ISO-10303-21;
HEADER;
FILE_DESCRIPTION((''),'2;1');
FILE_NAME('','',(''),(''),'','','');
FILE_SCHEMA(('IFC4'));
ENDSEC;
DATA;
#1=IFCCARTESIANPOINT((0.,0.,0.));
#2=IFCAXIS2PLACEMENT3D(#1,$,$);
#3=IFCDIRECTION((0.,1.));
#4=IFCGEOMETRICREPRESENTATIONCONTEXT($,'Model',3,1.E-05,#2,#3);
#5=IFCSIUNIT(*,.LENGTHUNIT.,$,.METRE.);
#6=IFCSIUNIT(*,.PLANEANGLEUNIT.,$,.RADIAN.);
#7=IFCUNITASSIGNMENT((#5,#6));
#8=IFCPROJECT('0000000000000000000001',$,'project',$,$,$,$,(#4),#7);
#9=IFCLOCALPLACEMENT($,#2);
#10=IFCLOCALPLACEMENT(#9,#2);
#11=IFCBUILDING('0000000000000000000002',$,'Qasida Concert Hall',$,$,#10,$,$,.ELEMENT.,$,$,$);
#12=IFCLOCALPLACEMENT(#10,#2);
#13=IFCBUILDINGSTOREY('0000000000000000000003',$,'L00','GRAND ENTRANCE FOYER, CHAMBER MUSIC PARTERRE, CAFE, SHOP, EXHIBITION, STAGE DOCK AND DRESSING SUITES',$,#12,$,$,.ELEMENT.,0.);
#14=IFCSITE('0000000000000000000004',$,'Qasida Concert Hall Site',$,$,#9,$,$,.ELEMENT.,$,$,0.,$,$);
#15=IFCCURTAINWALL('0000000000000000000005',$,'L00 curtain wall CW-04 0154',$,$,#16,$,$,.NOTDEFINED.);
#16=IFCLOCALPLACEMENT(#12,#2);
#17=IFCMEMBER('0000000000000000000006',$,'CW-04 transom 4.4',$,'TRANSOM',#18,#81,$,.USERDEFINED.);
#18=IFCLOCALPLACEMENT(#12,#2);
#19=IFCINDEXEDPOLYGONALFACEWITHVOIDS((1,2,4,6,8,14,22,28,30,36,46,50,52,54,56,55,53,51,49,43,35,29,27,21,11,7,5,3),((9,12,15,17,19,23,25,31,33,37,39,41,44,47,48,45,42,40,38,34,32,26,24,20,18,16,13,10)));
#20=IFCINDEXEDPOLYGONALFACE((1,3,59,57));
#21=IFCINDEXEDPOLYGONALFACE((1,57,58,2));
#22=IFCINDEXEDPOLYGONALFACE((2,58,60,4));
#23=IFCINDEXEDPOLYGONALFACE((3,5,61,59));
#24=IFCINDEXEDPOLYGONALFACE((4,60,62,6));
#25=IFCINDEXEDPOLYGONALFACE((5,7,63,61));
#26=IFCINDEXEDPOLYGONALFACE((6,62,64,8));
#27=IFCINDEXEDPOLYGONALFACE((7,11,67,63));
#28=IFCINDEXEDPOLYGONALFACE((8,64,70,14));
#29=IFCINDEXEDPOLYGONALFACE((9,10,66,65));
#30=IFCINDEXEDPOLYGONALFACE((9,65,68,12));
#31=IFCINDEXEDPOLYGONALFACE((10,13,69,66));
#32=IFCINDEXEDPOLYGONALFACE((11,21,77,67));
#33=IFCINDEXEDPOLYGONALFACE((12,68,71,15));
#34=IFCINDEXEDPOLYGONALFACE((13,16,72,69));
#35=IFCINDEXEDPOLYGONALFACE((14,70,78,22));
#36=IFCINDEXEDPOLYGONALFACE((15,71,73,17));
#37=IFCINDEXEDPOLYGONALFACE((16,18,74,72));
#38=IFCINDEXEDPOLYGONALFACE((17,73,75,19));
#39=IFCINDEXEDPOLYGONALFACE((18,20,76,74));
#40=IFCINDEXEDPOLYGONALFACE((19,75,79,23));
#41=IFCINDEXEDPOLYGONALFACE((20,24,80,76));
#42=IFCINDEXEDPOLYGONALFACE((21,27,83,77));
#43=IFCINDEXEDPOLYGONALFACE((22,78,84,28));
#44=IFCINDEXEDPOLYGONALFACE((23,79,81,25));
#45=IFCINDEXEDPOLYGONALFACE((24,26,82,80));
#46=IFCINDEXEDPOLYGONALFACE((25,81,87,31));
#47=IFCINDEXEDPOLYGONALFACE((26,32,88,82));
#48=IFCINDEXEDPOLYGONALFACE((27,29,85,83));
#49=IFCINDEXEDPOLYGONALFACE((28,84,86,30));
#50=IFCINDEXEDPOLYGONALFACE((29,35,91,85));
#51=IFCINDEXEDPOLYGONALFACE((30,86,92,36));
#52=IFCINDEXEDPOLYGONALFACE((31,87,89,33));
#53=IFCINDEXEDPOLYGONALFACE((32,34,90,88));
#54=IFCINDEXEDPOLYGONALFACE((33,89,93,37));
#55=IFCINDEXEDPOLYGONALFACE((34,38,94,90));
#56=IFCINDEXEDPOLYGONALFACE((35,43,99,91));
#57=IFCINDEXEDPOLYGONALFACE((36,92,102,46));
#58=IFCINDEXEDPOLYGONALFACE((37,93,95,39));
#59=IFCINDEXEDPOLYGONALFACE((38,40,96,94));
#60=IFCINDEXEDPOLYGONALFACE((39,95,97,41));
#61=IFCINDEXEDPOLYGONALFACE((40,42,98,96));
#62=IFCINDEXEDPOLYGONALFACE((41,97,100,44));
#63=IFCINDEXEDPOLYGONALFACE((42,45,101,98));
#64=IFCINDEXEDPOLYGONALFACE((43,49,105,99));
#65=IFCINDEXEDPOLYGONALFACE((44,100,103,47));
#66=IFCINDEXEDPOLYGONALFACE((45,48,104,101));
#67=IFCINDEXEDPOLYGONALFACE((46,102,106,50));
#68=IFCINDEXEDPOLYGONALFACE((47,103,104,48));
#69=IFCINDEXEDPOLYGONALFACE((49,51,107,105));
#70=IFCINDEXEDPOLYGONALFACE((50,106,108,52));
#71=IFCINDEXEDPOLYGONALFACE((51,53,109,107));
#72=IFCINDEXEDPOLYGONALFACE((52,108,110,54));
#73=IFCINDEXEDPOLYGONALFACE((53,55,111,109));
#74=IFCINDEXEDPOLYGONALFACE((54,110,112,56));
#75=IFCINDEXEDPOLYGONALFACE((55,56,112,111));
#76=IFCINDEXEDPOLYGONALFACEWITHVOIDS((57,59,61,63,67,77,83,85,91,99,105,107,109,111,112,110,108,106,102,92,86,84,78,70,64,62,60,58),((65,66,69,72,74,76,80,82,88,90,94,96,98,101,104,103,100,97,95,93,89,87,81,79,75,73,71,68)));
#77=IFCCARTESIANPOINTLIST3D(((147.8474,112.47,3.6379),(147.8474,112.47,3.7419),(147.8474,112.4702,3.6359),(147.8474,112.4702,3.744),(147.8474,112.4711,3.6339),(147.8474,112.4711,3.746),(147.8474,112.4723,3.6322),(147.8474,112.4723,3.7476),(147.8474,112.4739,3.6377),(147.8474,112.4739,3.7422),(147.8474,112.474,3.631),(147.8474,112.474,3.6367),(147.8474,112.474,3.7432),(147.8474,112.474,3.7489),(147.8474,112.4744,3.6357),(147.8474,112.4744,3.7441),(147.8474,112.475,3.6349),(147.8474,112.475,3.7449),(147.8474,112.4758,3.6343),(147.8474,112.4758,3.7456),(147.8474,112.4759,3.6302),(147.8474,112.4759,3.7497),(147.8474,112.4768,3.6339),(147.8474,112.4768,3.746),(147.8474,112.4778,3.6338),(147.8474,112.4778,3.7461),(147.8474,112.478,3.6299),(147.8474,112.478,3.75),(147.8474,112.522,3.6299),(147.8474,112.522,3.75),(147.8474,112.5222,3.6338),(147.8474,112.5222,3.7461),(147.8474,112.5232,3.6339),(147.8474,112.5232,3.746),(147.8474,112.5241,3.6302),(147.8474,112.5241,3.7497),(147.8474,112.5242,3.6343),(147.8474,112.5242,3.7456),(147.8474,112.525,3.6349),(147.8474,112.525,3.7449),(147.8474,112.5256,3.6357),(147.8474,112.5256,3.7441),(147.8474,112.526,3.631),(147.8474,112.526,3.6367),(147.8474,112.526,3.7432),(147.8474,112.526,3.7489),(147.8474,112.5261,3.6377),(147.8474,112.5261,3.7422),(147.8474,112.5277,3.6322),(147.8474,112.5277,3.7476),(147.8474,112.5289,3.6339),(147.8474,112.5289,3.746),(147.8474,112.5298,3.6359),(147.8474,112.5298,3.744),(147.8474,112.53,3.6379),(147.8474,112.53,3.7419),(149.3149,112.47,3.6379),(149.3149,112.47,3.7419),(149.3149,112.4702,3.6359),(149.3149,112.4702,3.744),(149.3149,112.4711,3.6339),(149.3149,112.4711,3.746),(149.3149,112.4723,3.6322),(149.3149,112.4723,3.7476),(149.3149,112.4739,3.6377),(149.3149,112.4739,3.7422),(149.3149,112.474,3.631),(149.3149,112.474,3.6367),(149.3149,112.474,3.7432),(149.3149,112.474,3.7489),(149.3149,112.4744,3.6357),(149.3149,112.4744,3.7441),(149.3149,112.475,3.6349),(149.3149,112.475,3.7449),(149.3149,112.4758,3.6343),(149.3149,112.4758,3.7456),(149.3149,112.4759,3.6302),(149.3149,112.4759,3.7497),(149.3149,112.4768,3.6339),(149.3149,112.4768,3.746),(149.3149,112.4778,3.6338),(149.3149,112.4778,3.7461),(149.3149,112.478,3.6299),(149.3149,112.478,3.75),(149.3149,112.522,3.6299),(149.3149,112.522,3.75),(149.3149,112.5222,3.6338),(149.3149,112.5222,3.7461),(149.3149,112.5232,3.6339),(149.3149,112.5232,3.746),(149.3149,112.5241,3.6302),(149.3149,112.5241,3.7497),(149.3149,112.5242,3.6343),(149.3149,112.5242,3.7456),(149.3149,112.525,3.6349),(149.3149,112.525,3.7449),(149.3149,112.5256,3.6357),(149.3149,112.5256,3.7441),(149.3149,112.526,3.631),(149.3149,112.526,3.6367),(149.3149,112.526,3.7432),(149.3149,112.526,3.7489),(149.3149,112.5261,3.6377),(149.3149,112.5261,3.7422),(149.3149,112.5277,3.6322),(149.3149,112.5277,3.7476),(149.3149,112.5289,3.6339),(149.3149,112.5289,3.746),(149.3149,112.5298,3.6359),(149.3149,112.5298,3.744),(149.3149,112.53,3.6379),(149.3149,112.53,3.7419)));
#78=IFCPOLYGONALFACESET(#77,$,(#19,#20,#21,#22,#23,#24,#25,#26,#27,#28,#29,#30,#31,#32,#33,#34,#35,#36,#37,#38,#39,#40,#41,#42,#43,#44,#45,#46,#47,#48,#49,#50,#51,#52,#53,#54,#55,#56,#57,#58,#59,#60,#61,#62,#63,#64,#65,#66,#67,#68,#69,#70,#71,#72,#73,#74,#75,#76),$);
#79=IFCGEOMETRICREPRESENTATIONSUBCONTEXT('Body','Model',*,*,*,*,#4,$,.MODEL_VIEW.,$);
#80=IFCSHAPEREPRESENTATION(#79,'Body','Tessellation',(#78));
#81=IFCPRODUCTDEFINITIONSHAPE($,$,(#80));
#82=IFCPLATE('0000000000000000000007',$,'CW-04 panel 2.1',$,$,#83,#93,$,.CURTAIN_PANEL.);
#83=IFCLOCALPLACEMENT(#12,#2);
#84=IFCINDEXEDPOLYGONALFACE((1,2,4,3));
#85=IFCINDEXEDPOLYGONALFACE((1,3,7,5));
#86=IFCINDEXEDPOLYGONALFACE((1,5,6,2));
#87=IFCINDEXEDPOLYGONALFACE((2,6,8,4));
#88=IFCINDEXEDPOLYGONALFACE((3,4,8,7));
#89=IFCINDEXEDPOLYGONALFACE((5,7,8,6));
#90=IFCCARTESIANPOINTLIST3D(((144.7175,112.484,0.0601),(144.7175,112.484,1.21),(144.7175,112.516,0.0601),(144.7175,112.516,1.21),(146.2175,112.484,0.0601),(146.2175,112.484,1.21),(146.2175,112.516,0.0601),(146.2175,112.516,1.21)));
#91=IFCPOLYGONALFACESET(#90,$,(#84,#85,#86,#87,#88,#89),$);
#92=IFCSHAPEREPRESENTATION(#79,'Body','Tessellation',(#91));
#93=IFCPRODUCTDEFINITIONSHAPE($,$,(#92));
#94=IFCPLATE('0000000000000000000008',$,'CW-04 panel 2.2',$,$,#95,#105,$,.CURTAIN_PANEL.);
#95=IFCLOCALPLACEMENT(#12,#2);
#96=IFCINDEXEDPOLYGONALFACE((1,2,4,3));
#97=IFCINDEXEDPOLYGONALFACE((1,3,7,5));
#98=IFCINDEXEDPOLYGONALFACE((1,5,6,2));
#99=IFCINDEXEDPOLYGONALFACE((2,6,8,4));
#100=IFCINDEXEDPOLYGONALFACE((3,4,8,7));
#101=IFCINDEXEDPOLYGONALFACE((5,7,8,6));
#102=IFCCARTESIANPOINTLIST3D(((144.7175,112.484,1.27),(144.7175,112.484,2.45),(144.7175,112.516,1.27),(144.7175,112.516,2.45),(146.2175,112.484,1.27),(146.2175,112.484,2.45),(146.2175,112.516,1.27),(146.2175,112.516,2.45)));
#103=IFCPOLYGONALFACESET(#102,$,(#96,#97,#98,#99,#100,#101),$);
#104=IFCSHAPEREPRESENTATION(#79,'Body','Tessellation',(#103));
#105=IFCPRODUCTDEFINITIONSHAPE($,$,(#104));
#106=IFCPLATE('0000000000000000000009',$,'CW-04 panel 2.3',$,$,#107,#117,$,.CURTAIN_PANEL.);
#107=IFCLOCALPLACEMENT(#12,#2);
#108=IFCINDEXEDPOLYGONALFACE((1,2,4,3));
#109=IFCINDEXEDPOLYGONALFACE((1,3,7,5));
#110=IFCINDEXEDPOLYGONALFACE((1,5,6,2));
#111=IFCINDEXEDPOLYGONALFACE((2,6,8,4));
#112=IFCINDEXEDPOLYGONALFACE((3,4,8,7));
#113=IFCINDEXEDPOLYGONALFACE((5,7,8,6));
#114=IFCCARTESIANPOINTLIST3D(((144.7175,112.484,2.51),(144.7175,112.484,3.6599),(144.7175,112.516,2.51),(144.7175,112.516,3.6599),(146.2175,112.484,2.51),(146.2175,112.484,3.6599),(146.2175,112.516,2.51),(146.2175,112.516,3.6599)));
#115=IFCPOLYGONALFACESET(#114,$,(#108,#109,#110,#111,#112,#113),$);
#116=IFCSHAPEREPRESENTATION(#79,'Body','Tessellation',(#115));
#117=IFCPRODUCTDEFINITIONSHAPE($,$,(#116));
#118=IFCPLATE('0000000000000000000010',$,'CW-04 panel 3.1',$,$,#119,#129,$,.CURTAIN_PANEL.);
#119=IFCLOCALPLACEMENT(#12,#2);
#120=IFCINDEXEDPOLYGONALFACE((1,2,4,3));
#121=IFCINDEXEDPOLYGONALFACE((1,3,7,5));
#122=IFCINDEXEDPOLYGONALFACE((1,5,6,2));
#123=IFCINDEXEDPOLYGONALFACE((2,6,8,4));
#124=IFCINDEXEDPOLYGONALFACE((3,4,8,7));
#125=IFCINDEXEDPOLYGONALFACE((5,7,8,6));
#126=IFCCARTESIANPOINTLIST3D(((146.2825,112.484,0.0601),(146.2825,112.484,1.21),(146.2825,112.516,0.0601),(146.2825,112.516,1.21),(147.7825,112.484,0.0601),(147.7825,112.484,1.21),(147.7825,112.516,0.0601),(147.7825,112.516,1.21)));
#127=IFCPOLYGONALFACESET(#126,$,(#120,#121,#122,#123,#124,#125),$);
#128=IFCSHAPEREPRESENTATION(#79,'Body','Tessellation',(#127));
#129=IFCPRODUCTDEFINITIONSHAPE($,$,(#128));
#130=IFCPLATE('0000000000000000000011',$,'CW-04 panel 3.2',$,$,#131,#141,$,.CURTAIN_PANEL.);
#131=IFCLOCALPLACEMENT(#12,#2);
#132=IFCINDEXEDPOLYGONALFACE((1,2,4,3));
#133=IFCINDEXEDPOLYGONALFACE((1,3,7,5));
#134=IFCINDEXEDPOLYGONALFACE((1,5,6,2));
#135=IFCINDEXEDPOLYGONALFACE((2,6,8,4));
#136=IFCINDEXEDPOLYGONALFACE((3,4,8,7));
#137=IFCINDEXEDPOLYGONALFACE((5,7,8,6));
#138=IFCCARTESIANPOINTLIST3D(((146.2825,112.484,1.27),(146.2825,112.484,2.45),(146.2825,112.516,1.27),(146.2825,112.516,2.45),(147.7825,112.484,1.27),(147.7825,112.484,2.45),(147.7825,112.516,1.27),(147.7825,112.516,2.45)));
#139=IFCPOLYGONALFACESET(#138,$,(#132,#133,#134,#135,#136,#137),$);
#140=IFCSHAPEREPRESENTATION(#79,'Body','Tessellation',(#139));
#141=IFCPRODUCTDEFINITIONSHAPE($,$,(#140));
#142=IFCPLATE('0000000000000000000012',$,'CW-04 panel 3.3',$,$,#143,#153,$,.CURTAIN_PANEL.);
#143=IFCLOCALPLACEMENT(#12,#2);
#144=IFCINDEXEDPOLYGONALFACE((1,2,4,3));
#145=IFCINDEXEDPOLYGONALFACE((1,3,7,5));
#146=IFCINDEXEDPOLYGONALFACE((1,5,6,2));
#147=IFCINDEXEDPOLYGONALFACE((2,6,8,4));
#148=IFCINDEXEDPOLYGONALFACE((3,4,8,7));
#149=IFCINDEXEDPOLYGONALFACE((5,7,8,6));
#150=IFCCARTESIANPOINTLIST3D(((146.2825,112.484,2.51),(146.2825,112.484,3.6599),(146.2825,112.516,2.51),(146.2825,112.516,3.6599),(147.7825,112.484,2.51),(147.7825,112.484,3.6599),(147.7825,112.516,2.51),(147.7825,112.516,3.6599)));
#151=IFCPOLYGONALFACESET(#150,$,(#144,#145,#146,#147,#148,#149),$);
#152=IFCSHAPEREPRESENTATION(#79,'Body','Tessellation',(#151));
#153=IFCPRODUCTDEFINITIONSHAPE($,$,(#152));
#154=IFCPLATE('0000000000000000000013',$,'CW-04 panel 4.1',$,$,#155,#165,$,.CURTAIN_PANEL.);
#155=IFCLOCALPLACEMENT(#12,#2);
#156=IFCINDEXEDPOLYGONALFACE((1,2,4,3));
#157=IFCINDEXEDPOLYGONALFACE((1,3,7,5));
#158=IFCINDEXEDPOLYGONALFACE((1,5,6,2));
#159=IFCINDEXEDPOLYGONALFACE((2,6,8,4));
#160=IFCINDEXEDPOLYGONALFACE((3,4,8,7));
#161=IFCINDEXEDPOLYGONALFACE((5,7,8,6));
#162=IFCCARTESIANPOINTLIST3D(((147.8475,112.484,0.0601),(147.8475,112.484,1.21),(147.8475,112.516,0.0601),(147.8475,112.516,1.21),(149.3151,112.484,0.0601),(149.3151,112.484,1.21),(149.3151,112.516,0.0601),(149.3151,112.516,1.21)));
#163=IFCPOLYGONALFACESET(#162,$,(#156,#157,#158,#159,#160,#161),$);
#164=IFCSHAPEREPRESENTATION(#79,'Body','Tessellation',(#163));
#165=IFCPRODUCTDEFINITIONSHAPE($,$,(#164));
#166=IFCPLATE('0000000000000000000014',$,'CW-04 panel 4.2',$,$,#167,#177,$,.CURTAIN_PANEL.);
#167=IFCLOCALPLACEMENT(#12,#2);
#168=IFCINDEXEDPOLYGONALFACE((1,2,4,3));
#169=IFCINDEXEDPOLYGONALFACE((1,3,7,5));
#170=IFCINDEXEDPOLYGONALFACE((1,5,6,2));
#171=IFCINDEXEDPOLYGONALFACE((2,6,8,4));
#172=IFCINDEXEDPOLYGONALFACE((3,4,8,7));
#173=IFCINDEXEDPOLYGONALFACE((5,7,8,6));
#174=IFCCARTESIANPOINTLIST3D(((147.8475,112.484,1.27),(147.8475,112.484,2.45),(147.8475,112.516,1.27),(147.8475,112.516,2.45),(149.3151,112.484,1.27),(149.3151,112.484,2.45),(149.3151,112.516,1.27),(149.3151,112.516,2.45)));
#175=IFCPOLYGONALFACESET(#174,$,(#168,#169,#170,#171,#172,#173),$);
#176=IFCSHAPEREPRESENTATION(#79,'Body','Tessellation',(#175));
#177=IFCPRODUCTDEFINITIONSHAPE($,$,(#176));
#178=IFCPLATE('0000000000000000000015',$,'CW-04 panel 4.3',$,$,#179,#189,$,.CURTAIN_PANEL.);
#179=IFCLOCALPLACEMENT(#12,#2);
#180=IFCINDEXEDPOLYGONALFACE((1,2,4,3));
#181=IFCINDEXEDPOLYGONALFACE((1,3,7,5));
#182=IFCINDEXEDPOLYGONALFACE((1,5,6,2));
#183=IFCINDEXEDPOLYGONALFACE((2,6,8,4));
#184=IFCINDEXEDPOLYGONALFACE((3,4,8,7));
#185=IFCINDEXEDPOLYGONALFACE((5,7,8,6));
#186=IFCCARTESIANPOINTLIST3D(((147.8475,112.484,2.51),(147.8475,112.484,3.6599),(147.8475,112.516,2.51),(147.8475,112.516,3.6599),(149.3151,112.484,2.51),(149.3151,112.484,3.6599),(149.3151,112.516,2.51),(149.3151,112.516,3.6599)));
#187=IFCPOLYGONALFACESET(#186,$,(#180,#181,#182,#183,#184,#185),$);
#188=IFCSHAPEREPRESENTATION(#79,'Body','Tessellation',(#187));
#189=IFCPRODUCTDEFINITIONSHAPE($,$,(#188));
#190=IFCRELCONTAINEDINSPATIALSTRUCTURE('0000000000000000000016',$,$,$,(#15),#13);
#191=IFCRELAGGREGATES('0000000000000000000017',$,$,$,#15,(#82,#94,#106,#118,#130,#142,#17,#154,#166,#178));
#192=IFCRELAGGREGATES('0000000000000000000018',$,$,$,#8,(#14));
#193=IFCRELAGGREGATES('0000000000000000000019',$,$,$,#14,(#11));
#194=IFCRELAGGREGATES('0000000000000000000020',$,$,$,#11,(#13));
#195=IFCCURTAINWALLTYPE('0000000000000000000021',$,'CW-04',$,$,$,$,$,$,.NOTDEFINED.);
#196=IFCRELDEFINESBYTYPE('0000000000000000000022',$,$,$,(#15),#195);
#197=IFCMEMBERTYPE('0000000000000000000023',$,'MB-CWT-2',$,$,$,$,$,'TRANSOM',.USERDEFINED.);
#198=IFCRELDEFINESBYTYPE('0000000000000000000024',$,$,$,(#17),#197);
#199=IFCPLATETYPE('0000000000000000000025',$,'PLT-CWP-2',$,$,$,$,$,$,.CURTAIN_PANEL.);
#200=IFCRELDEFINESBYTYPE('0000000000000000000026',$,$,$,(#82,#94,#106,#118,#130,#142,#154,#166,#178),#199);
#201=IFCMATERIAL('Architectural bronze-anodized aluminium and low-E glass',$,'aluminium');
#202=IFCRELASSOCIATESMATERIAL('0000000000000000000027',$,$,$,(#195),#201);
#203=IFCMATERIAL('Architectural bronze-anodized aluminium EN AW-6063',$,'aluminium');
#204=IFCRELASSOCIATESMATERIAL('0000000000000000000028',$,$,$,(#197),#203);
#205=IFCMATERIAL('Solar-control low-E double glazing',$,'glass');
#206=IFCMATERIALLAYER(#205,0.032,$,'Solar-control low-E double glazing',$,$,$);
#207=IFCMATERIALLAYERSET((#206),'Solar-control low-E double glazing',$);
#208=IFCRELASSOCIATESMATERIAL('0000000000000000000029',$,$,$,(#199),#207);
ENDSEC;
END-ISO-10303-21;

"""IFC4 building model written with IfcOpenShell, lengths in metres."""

from ifc_helpers import new_model, si_unit, direction, frame, origin, origin_2d, place, context, subcontext, project, spatial, rectangle, hollow_rectangle, extrude, material, layer, layer_set, material_profile, profile_set, type_object, element, aggregate, save


model = new_model("IFC4")

# Units and contexts
model_context = context("Model", 3, precision=1e-05, world=origin(), true_north=direction((0.0, 1.0)))
body_context = subcontext(model_context, "Body", "Model", "MODEL_VIEW")
ifc_project = project(units=[si_unit("LENGTHUNIT", "METRE"), si_unit("PLANEANGLEUNIT", "RADIAN")], contexts=[model_context])

# Site, building, storey
site_placement = place(None, origin())
site = spatial("IfcSite", under=ifc_project, at=site_placement, Name="Qasida Concert Hall Site", CompositionType="ELEMENT", RefElevation=0.0)
building_placement = place(site_placement, origin())
building = spatial("IfcBuilding", under=site, at=building_placement, Name="Qasida Concert Hall", CompositionType="ELEMENT")
storey_placement = place(building_placement, origin())
storey = spatial("IfcBuildingStorey", under=building, at=storey_placement, Name="L00", Description="GRAND ENTRANCE FOYER, CHAMBER MUSIC PARTERRE, CAFE, SHOP, EXHIBITION, STAGE DOCK AND DRESSING SUITES", CompositionType="ELEMENT", Elevation=0.0)

# Curtain wall, member, plates
ifc_material_1 = material(Name="Architectural bronze-anodized aluminium and low-E glass", Category="aluminium")
curtain_wall_type = type_object("IfcCurtainWallType", Name="CW-04", PredefinedType="NOTDEFINED", material=ifc_material_1)
curtain_wall_placement = place(storey_placement, origin())
curtain_wall = element("IfcCurtainWall", 1, at=curtain_wall_placement, inside=storey, type_object=curtain_wall_type, Name="L00 curtain wall CW-04 0154", PredefinedType="NOTDEFINED")
ifc_material_2 = material(Name="Architectural bronze-anodized aluminium EN AW-6063", Category="aluminium")
ifc_material_profile_1 = material_profile(ifc_material_2, hollow_rectangle(XDim=0.0601, YDim=0.1201, WallThickness=0.0039, InnerFilletRadius=0.0039, OuterFilletRadius=0.0081, at=origin_2d()), Name="CWT 120x60x4")
ifc_profile_set_1 = profile_set([ifc_material_profile_1], Name="Architectural bronze-anodized aluminium EN AW-6063")
member_type_1 = type_object("IfcMemberType", Name="MB-CWT-2", ElementType="TRANSOM", PredefinedType="USERDEFINED", material=ifc_profile_set_1)
member_1_placement = place(storey_placement, frame((147.8474, 112.5, 3.6899), z_axis=(1.0, 0.0, 0.0), x_axis=(0.0, 1.0, 0.0)))
member_1 = element("IfcMember", 2, at=member_1_placement, type_object=member_type_1, Name="CW-04 transom 4.4", ObjectType="TRANSOM", PredefinedType="USERDEFINED", context=body_context, shape_type="SweptSolid", body=[
    extrude(hollow_rectangle(XDim=0.0601, YDim=0.1201, WallThickness=0.0039, InnerFilletRadius=0.0039, OuterFilletRadius=0.0081, at=origin_2d()), origin(), (0.0, 0.0, 1.0), 1.4675),
])
ifc_material_3 = material(Name="Solar-control low-E double glazing", Category="glass")
ifc_layer_1 = layer(ifc_material_3, 0.032, Name="Solar-control low-E double glazing")
ifc_layer_set_1 = layer_set([ifc_layer_1], Name="Solar-control low-E double glazing")
plate_type = type_object("IfcPlateType", Name="PLT-CWP-2", PredefinedType="CURTAIN_PANEL", material=ifc_layer_set_1)
plate_1_placement = place(storey_placement, frame((145.4675, 112.5, 0.0601), z_axis=(0.0, 0.0, 1.0), x_axis=(1.0, 0.0, 0.0)))
plate_1 = element("IfcPlate", 3, at=plate_1_placement, type_object=plate_type, Name="CW-04 panel 2.1", PredefinedType="CURTAIN_PANEL", context=body_context, shape_type="SweptSolid", body=[
    extrude(rectangle(XDim=1.5, YDim=0.032, at=origin_2d()), origin(), (0.0, 0.0, 1.0), 1.1499),
])
plate_2_placement = place(storey_placement, frame((145.4675, 112.5, 1.27), z_axis=(0.0, 0.0, 1.0), x_axis=(1.0, 0.0, 0.0)))
plate_2 = element("IfcPlate", 4, at=plate_2_placement, type_object=plate_type, Name="CW-04 panel 2.2", PredefinedType="CURTAIN_PANEL", context=body_context, shape_type="SweptSolid", body=[
    extrude(rectangle(XDim=1.5, YDim=0.032, at=origin_2d()), origin(), (0.0, 0.0, 1.0), 1.1799),
])
plate_3_placement = place(storey_placement, frame((145.4675, 112.5, 2.51), z_axis=(0.0, 0.0, 1.0), x_axis=(1.0, 0.0, 0.0)))
plate_3 = element("IfcPlate", 5, at=plate_3_placement, type_object=plate_type, Name="CW-04 panel 2.3", PredefinedType="CURTAIN_PANEL", context=body_context, shape_type="SweptSolid", body=[
    extrude(rectangle(XDim=1.5, YDim=0.032, at=origin_2d()), origin(), (0.0, 0.0, 1.0), 1.1499),
])
plate_4_placement = place(storey_placement, frame((147.0325, 112.5, 0.0601), z_axis=(0.0, 0.0, 1.0), x_axis=(1.0, 0.0, 0.0)))
plate_4 = element("IfcPlate", 6, at=plate_4_placement, type_object=plate_type, Name="CW-04 panel 3.1", PredefinedType="CURTAIN_PANEL", context=body_context, shape_type="SweptSolid", body=[
    extrude(rectangle(XDim=1.5, YDim=0.032, at=origin_2d()), origin(), (0.0, 0.0, 1.0), 1.1499),
])
plate_5_placement = place(storey_placement, frame((147.0325, 112.5, 1.27), z_axis=(0.0, 0.0, 1.0), x_axis=(1.0, 0.0, 0.0)))
plate_5 = element("IfcPlate", 7, at=plate_5_placement, type_object=plate_type, Name="CW-04 panel 3.2", PredefinedType="CURTAIN_PANEL", context=body_context, shape_type="SweptSolid", body=[
    extrude(rectangle(XDim=1.5, YDim=0.032, at=origin_2d()), origin(), (0.0, 0.0, 1.0), 1.1799),
])
plate_6_placement = place(storey_placement, frame((147.0325, 112.5, 2.51), z_axis=(0.0, 0.0, 1.0), x_axis=(1.0, 0.0, 0.0)))
plate_6 = element("IfcPlate", 8, at=plate_6_placement, type_object=plate_type, Name="CW-04 panel 3.3", PredefinedType="CURTAIN_PANEL", context=body_context, shape_type="SweptSolid", body=[
    extrude(rectangle(XDim=1.5, YDim=0.032, at=origin_2d()), origin(), (0.0, 0.0, 1.0), 1.1499),
])
plate_7_placement = place(storey_placement, frame((148.5813, 112.5, 0.0601), z_axis=(0.0, 0.0, 1.0), x_axis=(1.0, 0.0, 0.0)))
plate_7 = element("IfcPlate", 9, at=plate_7_placement, type_object=plate_type, Name="CW-04 panel 4.1", PredefinedType="CURTAIN_PANEL", context=body_context, shape_type="SweptSolid", body=[
    extrude(rectangle(XDim=1.4675, YDim=0.032, at=origin_2d()), origin(), (0.0, 0.0, 1.0), 1.1499),
])
plate_8_placement = place(storey_placement, frame((148.5813, 112.5, 1.27), z_axis=(0.0, 0.0, 1.0), x_axis=(1.0, 0.0, 0.0)))
plate_8 = element("IfcPlate", 10, at=plate_8_placement, type_object=plate_type, Name="CW-04 panel 4.2", PredefinedType="CURTAIN_PANEL", context=body_context, shape_type="SweptSolid", body=[
    extrude(rectangle(XDim=1.4675, YDim=0.032, at=origin_2d()), origin(), (0.0, 0.0, 1.0), 1.1799),
])
plate_9_placement = place(storey_placement, frame((148.5813, 112.5, 2.51), z_axis=(0.0, 0.0, 1.0), x_axis=(1.0, 0.0, 0.0)))
plate_9 = element("IfcPlate", 11, at=plate_9_placement, type_object=plate_type, Name="CW-04 panel 4.3", PredefinedType="CURTAIN_PANEL", context=body_context, shape_type="SweptSolid", body=[
    extrude(rectangle(XDim=1.4675, YDim=0.032, at=origin_2d()), origin(), (0.0, 0.0, 1.0), 1.1499),
])
aggregate(curtain_wall, [plate_1, plate_2, plate_3, plate_4, plate_5, plate_6, member_1, plate_7, plate_8, plate_9])

save(model, "model.ifc")
